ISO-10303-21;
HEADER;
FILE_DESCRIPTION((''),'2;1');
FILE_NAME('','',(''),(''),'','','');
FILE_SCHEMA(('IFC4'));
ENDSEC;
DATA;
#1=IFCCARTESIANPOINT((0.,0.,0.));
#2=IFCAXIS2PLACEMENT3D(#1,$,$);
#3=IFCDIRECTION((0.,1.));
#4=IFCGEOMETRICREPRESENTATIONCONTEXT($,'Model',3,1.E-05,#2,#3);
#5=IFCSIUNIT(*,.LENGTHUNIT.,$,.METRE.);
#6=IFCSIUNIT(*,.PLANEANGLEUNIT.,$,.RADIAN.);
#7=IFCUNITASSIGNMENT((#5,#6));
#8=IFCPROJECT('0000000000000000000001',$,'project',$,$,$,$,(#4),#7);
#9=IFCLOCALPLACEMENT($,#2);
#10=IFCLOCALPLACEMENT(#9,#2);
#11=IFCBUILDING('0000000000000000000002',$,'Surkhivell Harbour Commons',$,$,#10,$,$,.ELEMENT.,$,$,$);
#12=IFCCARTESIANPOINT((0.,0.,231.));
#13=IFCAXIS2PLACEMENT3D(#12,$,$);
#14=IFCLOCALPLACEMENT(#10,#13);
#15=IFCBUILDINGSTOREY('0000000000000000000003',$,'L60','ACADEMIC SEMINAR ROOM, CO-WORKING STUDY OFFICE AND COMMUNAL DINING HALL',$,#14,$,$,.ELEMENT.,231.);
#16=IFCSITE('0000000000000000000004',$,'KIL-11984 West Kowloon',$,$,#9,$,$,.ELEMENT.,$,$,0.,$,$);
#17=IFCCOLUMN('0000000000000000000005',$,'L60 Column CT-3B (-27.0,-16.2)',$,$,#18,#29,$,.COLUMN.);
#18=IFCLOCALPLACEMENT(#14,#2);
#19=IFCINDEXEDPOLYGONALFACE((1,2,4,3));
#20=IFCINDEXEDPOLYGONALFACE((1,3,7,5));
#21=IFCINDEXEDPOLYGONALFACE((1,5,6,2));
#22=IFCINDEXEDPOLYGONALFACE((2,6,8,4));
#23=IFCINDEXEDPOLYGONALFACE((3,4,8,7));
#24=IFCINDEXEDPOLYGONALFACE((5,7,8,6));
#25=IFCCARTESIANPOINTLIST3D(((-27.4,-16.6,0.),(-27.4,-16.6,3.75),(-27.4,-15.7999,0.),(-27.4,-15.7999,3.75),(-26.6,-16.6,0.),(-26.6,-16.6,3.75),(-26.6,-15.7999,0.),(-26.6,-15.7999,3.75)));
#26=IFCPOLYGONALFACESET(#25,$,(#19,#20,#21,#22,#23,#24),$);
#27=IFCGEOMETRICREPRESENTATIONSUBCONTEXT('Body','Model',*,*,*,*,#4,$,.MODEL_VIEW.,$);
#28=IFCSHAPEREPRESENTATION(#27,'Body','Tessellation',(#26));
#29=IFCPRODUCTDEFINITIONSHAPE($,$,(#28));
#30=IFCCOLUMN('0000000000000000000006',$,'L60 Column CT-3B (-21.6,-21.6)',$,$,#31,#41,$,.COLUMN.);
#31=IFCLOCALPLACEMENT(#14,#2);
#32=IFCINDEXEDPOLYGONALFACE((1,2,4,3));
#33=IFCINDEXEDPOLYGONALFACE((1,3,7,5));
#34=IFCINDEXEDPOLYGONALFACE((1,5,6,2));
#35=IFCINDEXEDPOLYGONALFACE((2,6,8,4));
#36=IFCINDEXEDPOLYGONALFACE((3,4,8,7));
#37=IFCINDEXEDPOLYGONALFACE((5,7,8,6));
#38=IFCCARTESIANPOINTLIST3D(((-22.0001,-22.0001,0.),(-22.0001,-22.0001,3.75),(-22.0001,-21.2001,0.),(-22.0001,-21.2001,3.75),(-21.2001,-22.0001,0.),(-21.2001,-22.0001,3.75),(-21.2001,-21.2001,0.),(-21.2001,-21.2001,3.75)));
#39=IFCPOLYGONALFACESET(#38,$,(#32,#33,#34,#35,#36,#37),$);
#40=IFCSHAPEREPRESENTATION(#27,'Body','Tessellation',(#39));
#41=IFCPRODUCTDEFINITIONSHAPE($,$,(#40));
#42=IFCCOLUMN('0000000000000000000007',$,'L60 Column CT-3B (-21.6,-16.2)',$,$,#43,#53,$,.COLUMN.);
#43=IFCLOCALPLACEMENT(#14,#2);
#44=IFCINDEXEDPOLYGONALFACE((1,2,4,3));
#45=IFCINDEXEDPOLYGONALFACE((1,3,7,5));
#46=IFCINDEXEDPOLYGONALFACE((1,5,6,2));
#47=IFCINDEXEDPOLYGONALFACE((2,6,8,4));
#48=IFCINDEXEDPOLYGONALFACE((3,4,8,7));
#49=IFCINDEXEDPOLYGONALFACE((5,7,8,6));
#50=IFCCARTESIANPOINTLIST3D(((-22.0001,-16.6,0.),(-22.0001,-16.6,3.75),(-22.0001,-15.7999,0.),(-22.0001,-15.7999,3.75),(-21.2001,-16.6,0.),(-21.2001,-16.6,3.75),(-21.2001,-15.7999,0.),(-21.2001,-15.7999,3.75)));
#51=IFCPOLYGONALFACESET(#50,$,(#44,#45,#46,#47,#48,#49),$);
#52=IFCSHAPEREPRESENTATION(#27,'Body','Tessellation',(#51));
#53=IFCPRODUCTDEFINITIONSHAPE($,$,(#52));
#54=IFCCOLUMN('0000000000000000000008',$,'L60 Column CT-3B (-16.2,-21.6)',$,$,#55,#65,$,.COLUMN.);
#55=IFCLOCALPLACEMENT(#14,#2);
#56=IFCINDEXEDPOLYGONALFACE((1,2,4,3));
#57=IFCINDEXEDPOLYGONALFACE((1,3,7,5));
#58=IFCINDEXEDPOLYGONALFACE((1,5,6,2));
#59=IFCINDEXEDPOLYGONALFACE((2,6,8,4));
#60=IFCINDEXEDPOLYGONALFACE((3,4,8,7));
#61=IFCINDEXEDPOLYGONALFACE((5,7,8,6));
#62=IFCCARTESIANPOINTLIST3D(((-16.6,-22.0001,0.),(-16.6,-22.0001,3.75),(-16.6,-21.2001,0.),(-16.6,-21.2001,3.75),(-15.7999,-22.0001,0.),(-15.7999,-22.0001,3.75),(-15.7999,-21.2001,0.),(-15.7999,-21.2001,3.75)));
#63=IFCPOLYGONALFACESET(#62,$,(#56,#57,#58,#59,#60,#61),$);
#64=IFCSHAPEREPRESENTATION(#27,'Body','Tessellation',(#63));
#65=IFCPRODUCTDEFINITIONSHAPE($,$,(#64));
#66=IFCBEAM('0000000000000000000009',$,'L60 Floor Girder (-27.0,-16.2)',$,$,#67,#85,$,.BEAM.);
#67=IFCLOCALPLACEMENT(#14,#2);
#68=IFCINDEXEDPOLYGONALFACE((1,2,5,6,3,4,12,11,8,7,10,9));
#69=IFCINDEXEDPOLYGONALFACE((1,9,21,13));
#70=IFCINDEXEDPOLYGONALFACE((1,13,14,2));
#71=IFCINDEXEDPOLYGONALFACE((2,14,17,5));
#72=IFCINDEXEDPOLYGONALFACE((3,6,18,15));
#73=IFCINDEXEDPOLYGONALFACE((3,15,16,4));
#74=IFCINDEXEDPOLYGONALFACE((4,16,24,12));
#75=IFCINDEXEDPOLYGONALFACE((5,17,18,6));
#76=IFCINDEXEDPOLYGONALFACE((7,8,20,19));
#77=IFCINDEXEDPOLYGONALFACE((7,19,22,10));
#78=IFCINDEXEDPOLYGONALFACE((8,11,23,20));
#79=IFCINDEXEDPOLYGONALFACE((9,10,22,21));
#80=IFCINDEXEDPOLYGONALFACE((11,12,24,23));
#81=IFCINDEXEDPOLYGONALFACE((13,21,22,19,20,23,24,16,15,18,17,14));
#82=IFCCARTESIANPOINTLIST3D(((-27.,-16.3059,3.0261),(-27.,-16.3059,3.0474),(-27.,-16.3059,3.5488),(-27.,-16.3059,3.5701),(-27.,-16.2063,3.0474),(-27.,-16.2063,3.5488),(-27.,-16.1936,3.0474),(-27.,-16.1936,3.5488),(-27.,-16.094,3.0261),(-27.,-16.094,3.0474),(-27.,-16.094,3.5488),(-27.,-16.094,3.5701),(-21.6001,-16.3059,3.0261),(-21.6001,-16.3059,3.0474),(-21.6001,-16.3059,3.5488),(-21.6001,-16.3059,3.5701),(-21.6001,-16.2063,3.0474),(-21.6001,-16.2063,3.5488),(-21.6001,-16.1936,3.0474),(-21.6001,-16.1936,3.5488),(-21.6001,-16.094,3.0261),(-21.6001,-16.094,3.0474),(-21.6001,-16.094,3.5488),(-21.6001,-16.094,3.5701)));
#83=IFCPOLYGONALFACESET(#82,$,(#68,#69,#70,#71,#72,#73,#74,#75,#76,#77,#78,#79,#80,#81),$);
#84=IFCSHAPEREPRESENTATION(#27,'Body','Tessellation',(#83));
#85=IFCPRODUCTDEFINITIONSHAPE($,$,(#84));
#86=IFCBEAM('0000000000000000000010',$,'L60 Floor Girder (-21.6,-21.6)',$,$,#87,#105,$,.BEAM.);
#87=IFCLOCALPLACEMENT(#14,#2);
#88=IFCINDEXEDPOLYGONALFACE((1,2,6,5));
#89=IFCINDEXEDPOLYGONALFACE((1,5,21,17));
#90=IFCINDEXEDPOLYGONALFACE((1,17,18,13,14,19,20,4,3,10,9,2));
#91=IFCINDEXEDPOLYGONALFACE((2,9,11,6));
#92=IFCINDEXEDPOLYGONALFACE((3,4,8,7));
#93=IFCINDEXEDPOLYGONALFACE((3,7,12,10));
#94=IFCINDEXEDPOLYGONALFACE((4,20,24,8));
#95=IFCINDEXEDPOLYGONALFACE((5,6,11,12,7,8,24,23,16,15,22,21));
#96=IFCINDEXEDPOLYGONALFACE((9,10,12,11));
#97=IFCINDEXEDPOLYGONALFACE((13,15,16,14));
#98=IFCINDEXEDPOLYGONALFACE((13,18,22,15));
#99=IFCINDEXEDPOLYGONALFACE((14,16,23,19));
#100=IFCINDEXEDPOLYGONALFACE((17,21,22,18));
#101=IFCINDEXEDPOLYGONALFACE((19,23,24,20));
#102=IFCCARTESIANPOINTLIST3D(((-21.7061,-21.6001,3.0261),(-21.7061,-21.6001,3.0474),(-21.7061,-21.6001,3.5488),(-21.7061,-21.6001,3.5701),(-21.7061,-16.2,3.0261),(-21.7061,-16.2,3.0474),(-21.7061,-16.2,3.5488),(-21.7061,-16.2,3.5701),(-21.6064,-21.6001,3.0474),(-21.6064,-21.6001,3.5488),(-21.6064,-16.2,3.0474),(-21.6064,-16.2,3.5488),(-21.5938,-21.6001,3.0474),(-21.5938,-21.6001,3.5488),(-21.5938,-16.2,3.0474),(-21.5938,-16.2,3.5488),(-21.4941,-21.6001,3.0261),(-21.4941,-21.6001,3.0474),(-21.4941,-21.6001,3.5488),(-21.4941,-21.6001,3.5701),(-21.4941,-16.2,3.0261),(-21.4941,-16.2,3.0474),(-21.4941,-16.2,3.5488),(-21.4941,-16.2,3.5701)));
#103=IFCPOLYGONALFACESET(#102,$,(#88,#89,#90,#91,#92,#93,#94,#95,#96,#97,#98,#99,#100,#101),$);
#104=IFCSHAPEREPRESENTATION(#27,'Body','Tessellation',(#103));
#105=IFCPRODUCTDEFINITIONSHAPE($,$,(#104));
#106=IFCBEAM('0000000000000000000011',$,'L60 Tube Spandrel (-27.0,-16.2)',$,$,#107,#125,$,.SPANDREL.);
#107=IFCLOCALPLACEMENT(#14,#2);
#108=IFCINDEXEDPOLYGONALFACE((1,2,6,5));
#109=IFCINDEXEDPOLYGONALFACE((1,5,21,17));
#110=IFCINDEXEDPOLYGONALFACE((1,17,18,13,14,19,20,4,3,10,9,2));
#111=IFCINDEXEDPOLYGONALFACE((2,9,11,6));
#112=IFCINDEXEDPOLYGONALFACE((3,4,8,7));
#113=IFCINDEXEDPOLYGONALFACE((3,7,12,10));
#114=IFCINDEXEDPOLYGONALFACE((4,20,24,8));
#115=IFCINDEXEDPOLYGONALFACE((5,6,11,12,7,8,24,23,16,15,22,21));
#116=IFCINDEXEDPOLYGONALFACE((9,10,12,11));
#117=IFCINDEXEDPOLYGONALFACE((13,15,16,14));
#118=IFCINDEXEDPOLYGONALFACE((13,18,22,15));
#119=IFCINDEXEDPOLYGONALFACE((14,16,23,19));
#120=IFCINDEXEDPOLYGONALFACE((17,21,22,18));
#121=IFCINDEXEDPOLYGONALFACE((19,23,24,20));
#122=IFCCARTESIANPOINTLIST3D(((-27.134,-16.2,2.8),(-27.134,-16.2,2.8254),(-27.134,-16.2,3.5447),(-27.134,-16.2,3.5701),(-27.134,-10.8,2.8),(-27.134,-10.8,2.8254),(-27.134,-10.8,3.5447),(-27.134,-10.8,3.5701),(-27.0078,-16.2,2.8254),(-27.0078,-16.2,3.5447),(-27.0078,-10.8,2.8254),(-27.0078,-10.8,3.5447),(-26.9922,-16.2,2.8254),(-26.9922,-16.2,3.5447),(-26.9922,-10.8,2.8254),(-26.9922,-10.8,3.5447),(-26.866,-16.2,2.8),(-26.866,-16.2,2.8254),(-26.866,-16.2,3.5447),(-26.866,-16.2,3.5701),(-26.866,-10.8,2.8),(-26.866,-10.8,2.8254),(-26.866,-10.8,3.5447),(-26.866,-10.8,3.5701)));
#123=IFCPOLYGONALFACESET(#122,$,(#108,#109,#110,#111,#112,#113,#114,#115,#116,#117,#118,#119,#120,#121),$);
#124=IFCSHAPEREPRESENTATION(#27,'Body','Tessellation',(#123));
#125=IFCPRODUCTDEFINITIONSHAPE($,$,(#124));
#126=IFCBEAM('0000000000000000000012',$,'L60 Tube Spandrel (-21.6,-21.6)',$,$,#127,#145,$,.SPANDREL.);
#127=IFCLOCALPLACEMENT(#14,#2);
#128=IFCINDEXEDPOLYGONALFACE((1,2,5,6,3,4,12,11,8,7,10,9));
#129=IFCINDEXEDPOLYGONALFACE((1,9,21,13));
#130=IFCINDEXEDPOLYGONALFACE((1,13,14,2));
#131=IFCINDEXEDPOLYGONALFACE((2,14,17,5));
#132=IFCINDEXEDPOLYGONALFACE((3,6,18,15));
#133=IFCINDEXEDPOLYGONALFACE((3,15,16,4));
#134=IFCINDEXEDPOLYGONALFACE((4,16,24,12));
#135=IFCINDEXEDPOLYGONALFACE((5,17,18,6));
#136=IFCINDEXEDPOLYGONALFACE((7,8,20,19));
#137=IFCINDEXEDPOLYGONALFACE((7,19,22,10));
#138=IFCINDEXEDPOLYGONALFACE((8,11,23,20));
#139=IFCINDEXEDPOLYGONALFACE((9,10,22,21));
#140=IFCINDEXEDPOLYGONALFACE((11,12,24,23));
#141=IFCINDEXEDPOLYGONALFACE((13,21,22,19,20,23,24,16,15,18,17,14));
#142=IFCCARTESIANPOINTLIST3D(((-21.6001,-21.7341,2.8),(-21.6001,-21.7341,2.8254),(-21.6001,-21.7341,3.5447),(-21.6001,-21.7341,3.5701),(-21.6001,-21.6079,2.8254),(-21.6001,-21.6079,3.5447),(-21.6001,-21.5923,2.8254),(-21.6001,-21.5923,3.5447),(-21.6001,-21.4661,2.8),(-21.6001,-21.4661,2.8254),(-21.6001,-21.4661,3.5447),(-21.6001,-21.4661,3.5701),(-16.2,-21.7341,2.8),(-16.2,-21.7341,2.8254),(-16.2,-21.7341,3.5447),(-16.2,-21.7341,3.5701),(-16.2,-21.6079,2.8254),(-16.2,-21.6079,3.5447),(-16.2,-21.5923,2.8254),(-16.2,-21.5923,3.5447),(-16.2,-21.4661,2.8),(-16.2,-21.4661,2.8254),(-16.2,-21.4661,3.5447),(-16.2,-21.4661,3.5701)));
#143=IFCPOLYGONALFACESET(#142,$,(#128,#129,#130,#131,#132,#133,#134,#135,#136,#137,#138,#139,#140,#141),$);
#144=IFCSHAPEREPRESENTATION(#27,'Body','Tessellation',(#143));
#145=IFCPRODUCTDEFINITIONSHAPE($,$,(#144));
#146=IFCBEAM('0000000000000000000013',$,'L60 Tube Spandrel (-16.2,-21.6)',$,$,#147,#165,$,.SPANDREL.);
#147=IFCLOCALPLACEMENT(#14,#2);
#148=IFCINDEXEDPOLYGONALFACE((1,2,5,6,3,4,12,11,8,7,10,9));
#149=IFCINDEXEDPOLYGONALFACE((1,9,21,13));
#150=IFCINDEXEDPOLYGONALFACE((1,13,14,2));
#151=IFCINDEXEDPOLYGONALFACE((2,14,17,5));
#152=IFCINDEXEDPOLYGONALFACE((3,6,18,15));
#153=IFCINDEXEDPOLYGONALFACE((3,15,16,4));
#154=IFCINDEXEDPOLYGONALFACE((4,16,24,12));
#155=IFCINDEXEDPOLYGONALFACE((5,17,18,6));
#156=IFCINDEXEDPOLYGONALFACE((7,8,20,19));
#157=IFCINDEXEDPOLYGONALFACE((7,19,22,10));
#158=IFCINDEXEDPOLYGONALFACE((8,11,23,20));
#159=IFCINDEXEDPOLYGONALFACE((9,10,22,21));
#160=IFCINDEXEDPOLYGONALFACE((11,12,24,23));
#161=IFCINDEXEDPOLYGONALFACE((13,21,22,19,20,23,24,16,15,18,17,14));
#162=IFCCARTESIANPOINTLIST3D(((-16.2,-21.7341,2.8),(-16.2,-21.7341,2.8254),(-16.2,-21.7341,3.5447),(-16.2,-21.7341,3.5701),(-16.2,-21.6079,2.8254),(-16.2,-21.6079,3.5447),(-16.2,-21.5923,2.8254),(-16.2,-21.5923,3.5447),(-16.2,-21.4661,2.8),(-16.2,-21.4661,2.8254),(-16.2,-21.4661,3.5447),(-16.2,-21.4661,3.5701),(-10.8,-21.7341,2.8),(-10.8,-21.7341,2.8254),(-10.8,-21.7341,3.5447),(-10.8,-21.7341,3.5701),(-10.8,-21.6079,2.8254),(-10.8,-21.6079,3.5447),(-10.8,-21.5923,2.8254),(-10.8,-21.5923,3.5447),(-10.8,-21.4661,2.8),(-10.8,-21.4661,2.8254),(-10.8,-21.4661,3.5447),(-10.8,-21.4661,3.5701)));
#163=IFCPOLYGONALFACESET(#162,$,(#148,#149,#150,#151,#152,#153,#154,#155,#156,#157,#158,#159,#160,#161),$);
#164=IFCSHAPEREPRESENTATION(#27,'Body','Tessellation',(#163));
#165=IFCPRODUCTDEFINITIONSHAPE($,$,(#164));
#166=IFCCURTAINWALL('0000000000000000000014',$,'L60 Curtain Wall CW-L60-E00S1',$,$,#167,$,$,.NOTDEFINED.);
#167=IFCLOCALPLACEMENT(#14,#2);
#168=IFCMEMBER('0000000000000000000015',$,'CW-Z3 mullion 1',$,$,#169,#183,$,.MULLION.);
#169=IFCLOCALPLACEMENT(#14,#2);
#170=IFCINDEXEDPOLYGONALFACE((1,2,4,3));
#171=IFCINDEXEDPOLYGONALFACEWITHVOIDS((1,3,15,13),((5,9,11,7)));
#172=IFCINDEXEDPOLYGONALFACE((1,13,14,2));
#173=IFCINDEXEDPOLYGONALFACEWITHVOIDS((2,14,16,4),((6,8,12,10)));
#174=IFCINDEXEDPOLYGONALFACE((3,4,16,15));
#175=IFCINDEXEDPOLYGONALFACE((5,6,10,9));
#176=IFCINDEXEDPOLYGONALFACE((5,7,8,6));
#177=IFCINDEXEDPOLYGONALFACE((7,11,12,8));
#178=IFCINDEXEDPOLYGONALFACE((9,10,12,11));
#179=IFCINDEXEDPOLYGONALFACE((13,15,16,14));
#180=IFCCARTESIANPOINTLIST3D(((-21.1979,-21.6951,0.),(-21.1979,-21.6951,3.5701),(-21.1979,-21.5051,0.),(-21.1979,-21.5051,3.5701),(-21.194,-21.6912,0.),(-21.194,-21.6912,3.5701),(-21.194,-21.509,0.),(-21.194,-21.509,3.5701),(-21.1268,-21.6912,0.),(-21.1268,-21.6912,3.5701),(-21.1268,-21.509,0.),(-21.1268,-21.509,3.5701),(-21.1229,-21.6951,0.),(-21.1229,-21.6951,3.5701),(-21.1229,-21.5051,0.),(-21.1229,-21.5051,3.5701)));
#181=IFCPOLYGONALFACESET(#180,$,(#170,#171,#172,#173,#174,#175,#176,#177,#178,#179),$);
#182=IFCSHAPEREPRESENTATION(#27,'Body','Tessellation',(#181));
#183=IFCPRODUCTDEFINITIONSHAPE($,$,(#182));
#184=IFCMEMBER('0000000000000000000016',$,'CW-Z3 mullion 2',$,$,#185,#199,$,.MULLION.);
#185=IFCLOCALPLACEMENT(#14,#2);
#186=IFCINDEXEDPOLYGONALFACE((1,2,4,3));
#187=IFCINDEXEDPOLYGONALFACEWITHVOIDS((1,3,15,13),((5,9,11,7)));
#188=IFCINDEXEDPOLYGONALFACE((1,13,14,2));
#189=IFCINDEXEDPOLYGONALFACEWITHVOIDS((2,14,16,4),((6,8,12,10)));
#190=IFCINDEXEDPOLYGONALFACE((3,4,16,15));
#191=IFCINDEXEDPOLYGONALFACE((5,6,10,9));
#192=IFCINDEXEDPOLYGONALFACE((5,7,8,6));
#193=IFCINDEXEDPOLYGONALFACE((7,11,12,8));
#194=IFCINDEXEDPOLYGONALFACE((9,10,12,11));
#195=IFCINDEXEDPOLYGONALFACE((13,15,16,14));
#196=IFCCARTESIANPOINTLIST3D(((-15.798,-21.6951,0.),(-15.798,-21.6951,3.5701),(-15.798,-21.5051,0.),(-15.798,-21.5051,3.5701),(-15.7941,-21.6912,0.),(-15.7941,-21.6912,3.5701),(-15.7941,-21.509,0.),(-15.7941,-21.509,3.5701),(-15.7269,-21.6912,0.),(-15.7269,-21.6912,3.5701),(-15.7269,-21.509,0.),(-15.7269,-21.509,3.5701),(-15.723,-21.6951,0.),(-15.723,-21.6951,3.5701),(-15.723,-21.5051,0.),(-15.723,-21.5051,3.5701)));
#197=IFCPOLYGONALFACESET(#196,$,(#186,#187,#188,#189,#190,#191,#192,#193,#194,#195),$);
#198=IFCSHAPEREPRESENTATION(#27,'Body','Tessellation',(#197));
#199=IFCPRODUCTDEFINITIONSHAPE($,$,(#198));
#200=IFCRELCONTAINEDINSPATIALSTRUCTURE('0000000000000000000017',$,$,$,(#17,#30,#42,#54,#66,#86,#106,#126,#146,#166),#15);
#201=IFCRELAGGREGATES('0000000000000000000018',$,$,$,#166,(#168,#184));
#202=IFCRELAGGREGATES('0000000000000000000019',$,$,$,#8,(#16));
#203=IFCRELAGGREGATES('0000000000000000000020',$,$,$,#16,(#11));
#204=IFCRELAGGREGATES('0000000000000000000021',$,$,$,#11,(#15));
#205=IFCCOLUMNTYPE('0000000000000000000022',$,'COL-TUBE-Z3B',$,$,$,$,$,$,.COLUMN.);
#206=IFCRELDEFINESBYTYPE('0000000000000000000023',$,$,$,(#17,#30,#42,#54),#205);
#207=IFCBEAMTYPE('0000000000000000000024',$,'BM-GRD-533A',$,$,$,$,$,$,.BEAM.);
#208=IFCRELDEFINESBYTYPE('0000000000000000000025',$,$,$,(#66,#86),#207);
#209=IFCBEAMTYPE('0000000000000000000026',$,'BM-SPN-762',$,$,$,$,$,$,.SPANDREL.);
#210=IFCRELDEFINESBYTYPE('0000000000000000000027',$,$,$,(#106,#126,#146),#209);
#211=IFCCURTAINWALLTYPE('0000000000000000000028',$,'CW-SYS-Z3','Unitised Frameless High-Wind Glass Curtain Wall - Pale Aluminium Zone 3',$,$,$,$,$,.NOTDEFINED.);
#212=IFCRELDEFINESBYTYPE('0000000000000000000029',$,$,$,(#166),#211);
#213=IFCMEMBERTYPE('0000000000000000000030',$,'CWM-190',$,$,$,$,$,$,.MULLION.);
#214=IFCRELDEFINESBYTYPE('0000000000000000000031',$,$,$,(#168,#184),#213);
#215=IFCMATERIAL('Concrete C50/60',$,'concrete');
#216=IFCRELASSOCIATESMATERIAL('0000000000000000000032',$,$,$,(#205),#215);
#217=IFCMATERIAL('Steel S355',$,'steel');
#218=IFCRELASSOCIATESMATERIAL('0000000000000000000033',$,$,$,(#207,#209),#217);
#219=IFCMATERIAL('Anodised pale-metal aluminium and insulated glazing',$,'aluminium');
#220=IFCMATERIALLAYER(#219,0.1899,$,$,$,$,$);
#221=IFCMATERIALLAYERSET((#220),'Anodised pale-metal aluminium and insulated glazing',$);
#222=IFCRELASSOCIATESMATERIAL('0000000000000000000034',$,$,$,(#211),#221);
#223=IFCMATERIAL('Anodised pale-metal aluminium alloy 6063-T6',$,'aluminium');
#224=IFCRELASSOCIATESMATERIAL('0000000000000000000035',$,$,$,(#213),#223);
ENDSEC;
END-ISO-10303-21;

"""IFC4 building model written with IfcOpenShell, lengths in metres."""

from ifc_helpers import new_model, si_unit, direction, frame, origin, origin_2d, place, context, subcontext, project, spatial, rectangle, hollow_rectangle, i_section, extrude, material, layer, layer_set, material_profile, profile_set, type_object, element, aggregate, save


model = new_model("IFC4")

# Units and contexts
model_context = context("Model", 3, precision=1e-05, world=origin(), true_north=direction((0.0, 1.0)))
body_context = subcontext(model_context, "Body", "Model", "MODEL_VIEW")
ifc_project = project(units=[si_unit("LENGTHUNIT", "METRE"), si_unit("PLANEANGLEUNIT", "RADIAN")], contexts=[model_context])

# Site, building, storey
site_placement = place(None, origin())
site = spatial("IfcSite", under=ifc_project, at=site_placement, Name="KIL-11984 West Kowloon", CompositionType="ELEMENT", RefElevation=0.0)
building_placement = place(site_placement, origin())
building = spatial("IfcBuilding", under=site, at=building_placement, Name="Surkhivell Harbour Commons", CompositionType="ELEMENT")
storey_placement = place(building_placement, frame((0.0, 0.0, 231.0)))
storey = spatial("IfcBuildingStorey", under=building, at=storey_placement, Name="L60", Description="ACADEMIC SEMINAR ROOM, CO-WORKING STUDY OFFICE AND COMMUNAL DINING HALL", CompositionType="ELEMENT", Elevation=231.0)

# Columns
ifc_material_1 = material(Name="Concrete C50/60", Category="concrete")
ifc_material_profile_1 = material_profile(ifc_material_1, rectangle(XDim=0.8, YDim=0.8, at=origin_2d()), Name="RC-COL-800x800")
ifc_profile_set_1 = profile_set([ifc_material_profile_1], Name="Concrete C50/60")
column_type = type_object("IfcColumnType", Name="COL-TUBE-Z3B", PredefinedType="COLUMN", material=ifc_profile_set_1)
for number, where, z_axis, x_axis, name in (
    (1, (-27.0, -16.2, 0.0), (0.0, 0.0, 1.0), (1.0, 0.0, 0.0), "L60 Column CT-3B (-27.0,-16.2)"),
    (2, (-21.6001, -21.6001, 0.0), (0.0, 0.0, 1.0), (1.0, 0.0, 0.0), "L60 Column CT-3B (-21.6,-21.6)"),
    (3, (-21.6001, -16.2, 0.0), (0.0, 0.0, 1.0), (1.0, 0.0, 0.0), "L60 Column CT-3B (-21.6,-16.2)"),
    (4, (-16.2, -21.6001, 0.0), (0.0, 0.0, 1.0), (1.0, 0.0, 0.0), "L60 Column CT-3B (-16.2,-21.6)"),
):
    element("IfcColumn", number, at=place(storey_placement, frame(where, z_axis=z_axis, x_axis=x_axis)), inside=storey, type_object=column_type, Name=name, PredefinedType="COLUMN", context=body_context, shape_type="SweptSolid", body=[
        extrude(rectangle(XDim=0.8, YDim=0.8, at=origin_2d()), origin(), (0.0, 0.0, 1.0), 3.75),
    ])

# Beams
ifc_material_2 = material(Name="Steel S355", Category="steel")
ifc_material_profile_2 = material_profile(ifc_material_2, i_section(OverallWidth=0.2119, OverallDepth=0.5439, WebThickness=0.0127, FlangeThickness=0.0212, at=origin_2d()), Name="UB533x210x122")
ifc_profile_set_2 = profile_set([ifc_material_profile_2], Name="Steel S355")
beam_type_1 = type_object("IfcBeamType", Name="BM-GRD-533A", PredefinedType="BEAM", material=ifc_profile_set_2)
beam_1_placement = place(storey_placement, frame((-27.0, -16.2, 3.2981), z_axis=(1.0, 0.0, 0.0), x_axis=(0.0, 1.0, 0.0)))
element("IfcBeam", 5, at=beam_1_placement, inside=storey, type_object=beam_type_1, Name="L60 Floor Girder (-27.0,-16.2)", PredefinedType="BEAM", context=body_context, shape_type="SweptSolid", body=[
    extrude(i_section(OverallWidth=0.2119, OverallDepth=0.5439, WebThickness=0.0127, FlangeThickness=0.0212, at=origin_2d()), origin(), (0.0, 0.0, 1.0), 5.3999),
])
beam_2_placement = place(storey_placement, frame((-21.6001, -21.6001, 3.2981), z_axis=(0.0, 1.0, 0.0), x_axis=(-1.0, 0.0, 0.0)))
element("IfcBeam", 6, at=beam_2_placement, inside=storey, type_object=beam_type_1, Name="L60 Floor Girder (-21.6,-21.6)", PredefinedType="BEAM", context=body_context, shape_type="SweptSolid", body=[
    extrude(i_section(OverallWidth=0.2119, OverallDepth=0.5439, WebThickness=0.0127, FlangeThickness=0.0212, at=origin_2d()), origin(), (0.0, 0.0, 1.0), 5.4001),
])
ifc_material_profile_3 = material_profile(ifc_material_2, i_section(OverallWidth=0.2681, OverallDepth=0.77, WebThickness=0.0156, FlangeThickness=0.0254, at=origin_2d()), Name="UB762x267x197")
ifc_profile_set_3 = profile_set([ifc_material_profile_3], Name="Steel S355")
beam_type_2 = type_object("IfcBeamType", Name="BM-SPN-762", PredefinedType="SPANDREL", material=ifc_profile_set_3)
beam_3_placement = place(storey_placement, frame((-27.0, -16.2, 3.1851), z_axis=(0.0, 1.0, 0.0), x_axis=(-1.0, 0.0, 0.0)))
element("IfcBeam", 7, at=beam_3_placement, inside=storey, type_object=beam_type_2, Name="L60 Tube Spandrel (-27.0,-16.2)", PredefinedType="SPANDREL", context=body_context, shape_type="SweptSolid", body=[
    extrude(i_section(OverallWidth=0.2681, OverallDepth=0.77, WebThickness=0.0156, FlangeThickness=0.0254, at=origin_2d()), origin(), (0.0, 0.0, 1.0), 5.3999),
])
beam_4_placement = place(storey_placement, frame((-21.6001, -21.6001, 3.1851), z_axis=(1.0, 0.0, 0.0), x_axis=(0.0, 1.0, 0.0)))
element("IfcBeam", 8, at=beam_4_placement, inside=storey, type_object=beam_type_2, Name="L60 Tube Spandrel (-21.6,-21.6)", PredefinedType="SPANDREL", context=body_context, shape_type="SweptSolid", body=[
    extrude(i_section(OverallWidth=0.2681, OverallDepth=0.77, WebThickness=0.0156, FlangeThickness=0.0254, at=origin_2d()), origin(), (0.0, 0.0, 1.0), 5.4001),
])
beam_5_placement = place(storey_placement, frame((-16.2, -21.6001, 3.1851), z_axis=(1.0, 0.0, 0.0), x_axis=(0.0, 1.0, 0.0)))
element("IfcBeam", 9, at=beam_5_placement, inside=storey, type_object=beam_type_2, Name="L60 Tube Spandrel (-16.2,-21.6)", PredefinedType="SPANDREL", context=body_context, shape_type="SweptSolid", body=[
    extrude(i_section(OverallWidth=0.2681, OverallDepth=0.77, WebThickness=0.0156, FlangeThickness=0.0254, at=origin_2d()), origin(), (0.0, 0.0, 1.0), 5.3999),
])

# Curtain wall, members
ifc_material_3 = material(Name="Anodised pale-metal aluminium and insulated glazing", Category="aluminium")
ifc_layer_1 = layer(ifc_material_3, 0.1899)
ifc_layer_set_1 = layer_set([ifc_layer_1], Name="Anodised pale-metal aluminium and insulated glazing")
curtain_wall_type = type_object("IfcCurtainWallType", Name="CW-SYS-Z3", Description="Unitised Frameless High-Wind Glass Curtain Wall - Pale Aluminium Zone 3", PredefinedType="NOTDEFINED", material=ifc_layer_set_1)
curtain_wall_placement = place(storey_placement, origin())
curtain_wall = element("IfcCurtainWall", 10, at=curtain_wall_placement, inside=storey, type_object=curtain_wall_type, Name="L60 Curtain Wall CW-L60-E00S1", PredefinedType="NOTDEFINED")
ifc_material_4 = material(Name="Anodised pale-metal aluminium alloy 6063-T6", Category="aluminium")
ifc_material_profile_4 = material_profile(ifc_material_4, hollow_rectangle(XDim=0.075, YDim=0.1899, WallThickness=0.0039, at=origin_2d()), Name="ALU-MULL-75x190")
ifc_profile_set_4 = profile_set([ifc_material_profile_4], Name="Anodised pale-metal aluminium alloy 6063-T6")
member_type_1 = type_object("IfcMemberType", Name="CWM-190", PredefinedType="MULLION", material=ifc_profile_set_4)
member_1_placement = place(storey_placement, frame((-21.1604, -21.6001, 0.0), z_axis=(0.0, 0.0, 1.0), x_axis=(1.0, 0.0, 0.0)))
member_1 = element("IfcMember", 11, at=member_1_placement, type_object=member_type_1, Name="CW-Z3 mullion 1", PredefinedType="MULLION", context=body_context, shape_type="SweptSolid", body=[
    extrude(hollow_rectangle(XDim=0.075, YDim=0.1899, WallThickness=0.0039, at=origin_2d()), origin(), (0.0, 0.0, 1.0), 3.5701),
])
member_2_placement = place(storey_placement, frame((-15.7605, -21.6001, 0.0), z_axis=(0.0, 0.0, 1.0), x_axis=(1.0, 0.0, 0.0)))
member_2 = element("IfcMember", 12, at=member_2_placement, type_object=member_type_1, Name="CW-Z3 mullion 2", PredefinedType="MULLION", context=body_context, shape_type="SweptSolid", body=[
    extrude(hollow_rectangle(XDim=0.075, YDim=0.1899, WallThickness=0.0039, at=origin_2d()), origin(), (0.0, 0.0, 1.0), 3.5701),
])

aggregate(curtain_wall, [member_1, member_2])

save(model, "model.ifc")
